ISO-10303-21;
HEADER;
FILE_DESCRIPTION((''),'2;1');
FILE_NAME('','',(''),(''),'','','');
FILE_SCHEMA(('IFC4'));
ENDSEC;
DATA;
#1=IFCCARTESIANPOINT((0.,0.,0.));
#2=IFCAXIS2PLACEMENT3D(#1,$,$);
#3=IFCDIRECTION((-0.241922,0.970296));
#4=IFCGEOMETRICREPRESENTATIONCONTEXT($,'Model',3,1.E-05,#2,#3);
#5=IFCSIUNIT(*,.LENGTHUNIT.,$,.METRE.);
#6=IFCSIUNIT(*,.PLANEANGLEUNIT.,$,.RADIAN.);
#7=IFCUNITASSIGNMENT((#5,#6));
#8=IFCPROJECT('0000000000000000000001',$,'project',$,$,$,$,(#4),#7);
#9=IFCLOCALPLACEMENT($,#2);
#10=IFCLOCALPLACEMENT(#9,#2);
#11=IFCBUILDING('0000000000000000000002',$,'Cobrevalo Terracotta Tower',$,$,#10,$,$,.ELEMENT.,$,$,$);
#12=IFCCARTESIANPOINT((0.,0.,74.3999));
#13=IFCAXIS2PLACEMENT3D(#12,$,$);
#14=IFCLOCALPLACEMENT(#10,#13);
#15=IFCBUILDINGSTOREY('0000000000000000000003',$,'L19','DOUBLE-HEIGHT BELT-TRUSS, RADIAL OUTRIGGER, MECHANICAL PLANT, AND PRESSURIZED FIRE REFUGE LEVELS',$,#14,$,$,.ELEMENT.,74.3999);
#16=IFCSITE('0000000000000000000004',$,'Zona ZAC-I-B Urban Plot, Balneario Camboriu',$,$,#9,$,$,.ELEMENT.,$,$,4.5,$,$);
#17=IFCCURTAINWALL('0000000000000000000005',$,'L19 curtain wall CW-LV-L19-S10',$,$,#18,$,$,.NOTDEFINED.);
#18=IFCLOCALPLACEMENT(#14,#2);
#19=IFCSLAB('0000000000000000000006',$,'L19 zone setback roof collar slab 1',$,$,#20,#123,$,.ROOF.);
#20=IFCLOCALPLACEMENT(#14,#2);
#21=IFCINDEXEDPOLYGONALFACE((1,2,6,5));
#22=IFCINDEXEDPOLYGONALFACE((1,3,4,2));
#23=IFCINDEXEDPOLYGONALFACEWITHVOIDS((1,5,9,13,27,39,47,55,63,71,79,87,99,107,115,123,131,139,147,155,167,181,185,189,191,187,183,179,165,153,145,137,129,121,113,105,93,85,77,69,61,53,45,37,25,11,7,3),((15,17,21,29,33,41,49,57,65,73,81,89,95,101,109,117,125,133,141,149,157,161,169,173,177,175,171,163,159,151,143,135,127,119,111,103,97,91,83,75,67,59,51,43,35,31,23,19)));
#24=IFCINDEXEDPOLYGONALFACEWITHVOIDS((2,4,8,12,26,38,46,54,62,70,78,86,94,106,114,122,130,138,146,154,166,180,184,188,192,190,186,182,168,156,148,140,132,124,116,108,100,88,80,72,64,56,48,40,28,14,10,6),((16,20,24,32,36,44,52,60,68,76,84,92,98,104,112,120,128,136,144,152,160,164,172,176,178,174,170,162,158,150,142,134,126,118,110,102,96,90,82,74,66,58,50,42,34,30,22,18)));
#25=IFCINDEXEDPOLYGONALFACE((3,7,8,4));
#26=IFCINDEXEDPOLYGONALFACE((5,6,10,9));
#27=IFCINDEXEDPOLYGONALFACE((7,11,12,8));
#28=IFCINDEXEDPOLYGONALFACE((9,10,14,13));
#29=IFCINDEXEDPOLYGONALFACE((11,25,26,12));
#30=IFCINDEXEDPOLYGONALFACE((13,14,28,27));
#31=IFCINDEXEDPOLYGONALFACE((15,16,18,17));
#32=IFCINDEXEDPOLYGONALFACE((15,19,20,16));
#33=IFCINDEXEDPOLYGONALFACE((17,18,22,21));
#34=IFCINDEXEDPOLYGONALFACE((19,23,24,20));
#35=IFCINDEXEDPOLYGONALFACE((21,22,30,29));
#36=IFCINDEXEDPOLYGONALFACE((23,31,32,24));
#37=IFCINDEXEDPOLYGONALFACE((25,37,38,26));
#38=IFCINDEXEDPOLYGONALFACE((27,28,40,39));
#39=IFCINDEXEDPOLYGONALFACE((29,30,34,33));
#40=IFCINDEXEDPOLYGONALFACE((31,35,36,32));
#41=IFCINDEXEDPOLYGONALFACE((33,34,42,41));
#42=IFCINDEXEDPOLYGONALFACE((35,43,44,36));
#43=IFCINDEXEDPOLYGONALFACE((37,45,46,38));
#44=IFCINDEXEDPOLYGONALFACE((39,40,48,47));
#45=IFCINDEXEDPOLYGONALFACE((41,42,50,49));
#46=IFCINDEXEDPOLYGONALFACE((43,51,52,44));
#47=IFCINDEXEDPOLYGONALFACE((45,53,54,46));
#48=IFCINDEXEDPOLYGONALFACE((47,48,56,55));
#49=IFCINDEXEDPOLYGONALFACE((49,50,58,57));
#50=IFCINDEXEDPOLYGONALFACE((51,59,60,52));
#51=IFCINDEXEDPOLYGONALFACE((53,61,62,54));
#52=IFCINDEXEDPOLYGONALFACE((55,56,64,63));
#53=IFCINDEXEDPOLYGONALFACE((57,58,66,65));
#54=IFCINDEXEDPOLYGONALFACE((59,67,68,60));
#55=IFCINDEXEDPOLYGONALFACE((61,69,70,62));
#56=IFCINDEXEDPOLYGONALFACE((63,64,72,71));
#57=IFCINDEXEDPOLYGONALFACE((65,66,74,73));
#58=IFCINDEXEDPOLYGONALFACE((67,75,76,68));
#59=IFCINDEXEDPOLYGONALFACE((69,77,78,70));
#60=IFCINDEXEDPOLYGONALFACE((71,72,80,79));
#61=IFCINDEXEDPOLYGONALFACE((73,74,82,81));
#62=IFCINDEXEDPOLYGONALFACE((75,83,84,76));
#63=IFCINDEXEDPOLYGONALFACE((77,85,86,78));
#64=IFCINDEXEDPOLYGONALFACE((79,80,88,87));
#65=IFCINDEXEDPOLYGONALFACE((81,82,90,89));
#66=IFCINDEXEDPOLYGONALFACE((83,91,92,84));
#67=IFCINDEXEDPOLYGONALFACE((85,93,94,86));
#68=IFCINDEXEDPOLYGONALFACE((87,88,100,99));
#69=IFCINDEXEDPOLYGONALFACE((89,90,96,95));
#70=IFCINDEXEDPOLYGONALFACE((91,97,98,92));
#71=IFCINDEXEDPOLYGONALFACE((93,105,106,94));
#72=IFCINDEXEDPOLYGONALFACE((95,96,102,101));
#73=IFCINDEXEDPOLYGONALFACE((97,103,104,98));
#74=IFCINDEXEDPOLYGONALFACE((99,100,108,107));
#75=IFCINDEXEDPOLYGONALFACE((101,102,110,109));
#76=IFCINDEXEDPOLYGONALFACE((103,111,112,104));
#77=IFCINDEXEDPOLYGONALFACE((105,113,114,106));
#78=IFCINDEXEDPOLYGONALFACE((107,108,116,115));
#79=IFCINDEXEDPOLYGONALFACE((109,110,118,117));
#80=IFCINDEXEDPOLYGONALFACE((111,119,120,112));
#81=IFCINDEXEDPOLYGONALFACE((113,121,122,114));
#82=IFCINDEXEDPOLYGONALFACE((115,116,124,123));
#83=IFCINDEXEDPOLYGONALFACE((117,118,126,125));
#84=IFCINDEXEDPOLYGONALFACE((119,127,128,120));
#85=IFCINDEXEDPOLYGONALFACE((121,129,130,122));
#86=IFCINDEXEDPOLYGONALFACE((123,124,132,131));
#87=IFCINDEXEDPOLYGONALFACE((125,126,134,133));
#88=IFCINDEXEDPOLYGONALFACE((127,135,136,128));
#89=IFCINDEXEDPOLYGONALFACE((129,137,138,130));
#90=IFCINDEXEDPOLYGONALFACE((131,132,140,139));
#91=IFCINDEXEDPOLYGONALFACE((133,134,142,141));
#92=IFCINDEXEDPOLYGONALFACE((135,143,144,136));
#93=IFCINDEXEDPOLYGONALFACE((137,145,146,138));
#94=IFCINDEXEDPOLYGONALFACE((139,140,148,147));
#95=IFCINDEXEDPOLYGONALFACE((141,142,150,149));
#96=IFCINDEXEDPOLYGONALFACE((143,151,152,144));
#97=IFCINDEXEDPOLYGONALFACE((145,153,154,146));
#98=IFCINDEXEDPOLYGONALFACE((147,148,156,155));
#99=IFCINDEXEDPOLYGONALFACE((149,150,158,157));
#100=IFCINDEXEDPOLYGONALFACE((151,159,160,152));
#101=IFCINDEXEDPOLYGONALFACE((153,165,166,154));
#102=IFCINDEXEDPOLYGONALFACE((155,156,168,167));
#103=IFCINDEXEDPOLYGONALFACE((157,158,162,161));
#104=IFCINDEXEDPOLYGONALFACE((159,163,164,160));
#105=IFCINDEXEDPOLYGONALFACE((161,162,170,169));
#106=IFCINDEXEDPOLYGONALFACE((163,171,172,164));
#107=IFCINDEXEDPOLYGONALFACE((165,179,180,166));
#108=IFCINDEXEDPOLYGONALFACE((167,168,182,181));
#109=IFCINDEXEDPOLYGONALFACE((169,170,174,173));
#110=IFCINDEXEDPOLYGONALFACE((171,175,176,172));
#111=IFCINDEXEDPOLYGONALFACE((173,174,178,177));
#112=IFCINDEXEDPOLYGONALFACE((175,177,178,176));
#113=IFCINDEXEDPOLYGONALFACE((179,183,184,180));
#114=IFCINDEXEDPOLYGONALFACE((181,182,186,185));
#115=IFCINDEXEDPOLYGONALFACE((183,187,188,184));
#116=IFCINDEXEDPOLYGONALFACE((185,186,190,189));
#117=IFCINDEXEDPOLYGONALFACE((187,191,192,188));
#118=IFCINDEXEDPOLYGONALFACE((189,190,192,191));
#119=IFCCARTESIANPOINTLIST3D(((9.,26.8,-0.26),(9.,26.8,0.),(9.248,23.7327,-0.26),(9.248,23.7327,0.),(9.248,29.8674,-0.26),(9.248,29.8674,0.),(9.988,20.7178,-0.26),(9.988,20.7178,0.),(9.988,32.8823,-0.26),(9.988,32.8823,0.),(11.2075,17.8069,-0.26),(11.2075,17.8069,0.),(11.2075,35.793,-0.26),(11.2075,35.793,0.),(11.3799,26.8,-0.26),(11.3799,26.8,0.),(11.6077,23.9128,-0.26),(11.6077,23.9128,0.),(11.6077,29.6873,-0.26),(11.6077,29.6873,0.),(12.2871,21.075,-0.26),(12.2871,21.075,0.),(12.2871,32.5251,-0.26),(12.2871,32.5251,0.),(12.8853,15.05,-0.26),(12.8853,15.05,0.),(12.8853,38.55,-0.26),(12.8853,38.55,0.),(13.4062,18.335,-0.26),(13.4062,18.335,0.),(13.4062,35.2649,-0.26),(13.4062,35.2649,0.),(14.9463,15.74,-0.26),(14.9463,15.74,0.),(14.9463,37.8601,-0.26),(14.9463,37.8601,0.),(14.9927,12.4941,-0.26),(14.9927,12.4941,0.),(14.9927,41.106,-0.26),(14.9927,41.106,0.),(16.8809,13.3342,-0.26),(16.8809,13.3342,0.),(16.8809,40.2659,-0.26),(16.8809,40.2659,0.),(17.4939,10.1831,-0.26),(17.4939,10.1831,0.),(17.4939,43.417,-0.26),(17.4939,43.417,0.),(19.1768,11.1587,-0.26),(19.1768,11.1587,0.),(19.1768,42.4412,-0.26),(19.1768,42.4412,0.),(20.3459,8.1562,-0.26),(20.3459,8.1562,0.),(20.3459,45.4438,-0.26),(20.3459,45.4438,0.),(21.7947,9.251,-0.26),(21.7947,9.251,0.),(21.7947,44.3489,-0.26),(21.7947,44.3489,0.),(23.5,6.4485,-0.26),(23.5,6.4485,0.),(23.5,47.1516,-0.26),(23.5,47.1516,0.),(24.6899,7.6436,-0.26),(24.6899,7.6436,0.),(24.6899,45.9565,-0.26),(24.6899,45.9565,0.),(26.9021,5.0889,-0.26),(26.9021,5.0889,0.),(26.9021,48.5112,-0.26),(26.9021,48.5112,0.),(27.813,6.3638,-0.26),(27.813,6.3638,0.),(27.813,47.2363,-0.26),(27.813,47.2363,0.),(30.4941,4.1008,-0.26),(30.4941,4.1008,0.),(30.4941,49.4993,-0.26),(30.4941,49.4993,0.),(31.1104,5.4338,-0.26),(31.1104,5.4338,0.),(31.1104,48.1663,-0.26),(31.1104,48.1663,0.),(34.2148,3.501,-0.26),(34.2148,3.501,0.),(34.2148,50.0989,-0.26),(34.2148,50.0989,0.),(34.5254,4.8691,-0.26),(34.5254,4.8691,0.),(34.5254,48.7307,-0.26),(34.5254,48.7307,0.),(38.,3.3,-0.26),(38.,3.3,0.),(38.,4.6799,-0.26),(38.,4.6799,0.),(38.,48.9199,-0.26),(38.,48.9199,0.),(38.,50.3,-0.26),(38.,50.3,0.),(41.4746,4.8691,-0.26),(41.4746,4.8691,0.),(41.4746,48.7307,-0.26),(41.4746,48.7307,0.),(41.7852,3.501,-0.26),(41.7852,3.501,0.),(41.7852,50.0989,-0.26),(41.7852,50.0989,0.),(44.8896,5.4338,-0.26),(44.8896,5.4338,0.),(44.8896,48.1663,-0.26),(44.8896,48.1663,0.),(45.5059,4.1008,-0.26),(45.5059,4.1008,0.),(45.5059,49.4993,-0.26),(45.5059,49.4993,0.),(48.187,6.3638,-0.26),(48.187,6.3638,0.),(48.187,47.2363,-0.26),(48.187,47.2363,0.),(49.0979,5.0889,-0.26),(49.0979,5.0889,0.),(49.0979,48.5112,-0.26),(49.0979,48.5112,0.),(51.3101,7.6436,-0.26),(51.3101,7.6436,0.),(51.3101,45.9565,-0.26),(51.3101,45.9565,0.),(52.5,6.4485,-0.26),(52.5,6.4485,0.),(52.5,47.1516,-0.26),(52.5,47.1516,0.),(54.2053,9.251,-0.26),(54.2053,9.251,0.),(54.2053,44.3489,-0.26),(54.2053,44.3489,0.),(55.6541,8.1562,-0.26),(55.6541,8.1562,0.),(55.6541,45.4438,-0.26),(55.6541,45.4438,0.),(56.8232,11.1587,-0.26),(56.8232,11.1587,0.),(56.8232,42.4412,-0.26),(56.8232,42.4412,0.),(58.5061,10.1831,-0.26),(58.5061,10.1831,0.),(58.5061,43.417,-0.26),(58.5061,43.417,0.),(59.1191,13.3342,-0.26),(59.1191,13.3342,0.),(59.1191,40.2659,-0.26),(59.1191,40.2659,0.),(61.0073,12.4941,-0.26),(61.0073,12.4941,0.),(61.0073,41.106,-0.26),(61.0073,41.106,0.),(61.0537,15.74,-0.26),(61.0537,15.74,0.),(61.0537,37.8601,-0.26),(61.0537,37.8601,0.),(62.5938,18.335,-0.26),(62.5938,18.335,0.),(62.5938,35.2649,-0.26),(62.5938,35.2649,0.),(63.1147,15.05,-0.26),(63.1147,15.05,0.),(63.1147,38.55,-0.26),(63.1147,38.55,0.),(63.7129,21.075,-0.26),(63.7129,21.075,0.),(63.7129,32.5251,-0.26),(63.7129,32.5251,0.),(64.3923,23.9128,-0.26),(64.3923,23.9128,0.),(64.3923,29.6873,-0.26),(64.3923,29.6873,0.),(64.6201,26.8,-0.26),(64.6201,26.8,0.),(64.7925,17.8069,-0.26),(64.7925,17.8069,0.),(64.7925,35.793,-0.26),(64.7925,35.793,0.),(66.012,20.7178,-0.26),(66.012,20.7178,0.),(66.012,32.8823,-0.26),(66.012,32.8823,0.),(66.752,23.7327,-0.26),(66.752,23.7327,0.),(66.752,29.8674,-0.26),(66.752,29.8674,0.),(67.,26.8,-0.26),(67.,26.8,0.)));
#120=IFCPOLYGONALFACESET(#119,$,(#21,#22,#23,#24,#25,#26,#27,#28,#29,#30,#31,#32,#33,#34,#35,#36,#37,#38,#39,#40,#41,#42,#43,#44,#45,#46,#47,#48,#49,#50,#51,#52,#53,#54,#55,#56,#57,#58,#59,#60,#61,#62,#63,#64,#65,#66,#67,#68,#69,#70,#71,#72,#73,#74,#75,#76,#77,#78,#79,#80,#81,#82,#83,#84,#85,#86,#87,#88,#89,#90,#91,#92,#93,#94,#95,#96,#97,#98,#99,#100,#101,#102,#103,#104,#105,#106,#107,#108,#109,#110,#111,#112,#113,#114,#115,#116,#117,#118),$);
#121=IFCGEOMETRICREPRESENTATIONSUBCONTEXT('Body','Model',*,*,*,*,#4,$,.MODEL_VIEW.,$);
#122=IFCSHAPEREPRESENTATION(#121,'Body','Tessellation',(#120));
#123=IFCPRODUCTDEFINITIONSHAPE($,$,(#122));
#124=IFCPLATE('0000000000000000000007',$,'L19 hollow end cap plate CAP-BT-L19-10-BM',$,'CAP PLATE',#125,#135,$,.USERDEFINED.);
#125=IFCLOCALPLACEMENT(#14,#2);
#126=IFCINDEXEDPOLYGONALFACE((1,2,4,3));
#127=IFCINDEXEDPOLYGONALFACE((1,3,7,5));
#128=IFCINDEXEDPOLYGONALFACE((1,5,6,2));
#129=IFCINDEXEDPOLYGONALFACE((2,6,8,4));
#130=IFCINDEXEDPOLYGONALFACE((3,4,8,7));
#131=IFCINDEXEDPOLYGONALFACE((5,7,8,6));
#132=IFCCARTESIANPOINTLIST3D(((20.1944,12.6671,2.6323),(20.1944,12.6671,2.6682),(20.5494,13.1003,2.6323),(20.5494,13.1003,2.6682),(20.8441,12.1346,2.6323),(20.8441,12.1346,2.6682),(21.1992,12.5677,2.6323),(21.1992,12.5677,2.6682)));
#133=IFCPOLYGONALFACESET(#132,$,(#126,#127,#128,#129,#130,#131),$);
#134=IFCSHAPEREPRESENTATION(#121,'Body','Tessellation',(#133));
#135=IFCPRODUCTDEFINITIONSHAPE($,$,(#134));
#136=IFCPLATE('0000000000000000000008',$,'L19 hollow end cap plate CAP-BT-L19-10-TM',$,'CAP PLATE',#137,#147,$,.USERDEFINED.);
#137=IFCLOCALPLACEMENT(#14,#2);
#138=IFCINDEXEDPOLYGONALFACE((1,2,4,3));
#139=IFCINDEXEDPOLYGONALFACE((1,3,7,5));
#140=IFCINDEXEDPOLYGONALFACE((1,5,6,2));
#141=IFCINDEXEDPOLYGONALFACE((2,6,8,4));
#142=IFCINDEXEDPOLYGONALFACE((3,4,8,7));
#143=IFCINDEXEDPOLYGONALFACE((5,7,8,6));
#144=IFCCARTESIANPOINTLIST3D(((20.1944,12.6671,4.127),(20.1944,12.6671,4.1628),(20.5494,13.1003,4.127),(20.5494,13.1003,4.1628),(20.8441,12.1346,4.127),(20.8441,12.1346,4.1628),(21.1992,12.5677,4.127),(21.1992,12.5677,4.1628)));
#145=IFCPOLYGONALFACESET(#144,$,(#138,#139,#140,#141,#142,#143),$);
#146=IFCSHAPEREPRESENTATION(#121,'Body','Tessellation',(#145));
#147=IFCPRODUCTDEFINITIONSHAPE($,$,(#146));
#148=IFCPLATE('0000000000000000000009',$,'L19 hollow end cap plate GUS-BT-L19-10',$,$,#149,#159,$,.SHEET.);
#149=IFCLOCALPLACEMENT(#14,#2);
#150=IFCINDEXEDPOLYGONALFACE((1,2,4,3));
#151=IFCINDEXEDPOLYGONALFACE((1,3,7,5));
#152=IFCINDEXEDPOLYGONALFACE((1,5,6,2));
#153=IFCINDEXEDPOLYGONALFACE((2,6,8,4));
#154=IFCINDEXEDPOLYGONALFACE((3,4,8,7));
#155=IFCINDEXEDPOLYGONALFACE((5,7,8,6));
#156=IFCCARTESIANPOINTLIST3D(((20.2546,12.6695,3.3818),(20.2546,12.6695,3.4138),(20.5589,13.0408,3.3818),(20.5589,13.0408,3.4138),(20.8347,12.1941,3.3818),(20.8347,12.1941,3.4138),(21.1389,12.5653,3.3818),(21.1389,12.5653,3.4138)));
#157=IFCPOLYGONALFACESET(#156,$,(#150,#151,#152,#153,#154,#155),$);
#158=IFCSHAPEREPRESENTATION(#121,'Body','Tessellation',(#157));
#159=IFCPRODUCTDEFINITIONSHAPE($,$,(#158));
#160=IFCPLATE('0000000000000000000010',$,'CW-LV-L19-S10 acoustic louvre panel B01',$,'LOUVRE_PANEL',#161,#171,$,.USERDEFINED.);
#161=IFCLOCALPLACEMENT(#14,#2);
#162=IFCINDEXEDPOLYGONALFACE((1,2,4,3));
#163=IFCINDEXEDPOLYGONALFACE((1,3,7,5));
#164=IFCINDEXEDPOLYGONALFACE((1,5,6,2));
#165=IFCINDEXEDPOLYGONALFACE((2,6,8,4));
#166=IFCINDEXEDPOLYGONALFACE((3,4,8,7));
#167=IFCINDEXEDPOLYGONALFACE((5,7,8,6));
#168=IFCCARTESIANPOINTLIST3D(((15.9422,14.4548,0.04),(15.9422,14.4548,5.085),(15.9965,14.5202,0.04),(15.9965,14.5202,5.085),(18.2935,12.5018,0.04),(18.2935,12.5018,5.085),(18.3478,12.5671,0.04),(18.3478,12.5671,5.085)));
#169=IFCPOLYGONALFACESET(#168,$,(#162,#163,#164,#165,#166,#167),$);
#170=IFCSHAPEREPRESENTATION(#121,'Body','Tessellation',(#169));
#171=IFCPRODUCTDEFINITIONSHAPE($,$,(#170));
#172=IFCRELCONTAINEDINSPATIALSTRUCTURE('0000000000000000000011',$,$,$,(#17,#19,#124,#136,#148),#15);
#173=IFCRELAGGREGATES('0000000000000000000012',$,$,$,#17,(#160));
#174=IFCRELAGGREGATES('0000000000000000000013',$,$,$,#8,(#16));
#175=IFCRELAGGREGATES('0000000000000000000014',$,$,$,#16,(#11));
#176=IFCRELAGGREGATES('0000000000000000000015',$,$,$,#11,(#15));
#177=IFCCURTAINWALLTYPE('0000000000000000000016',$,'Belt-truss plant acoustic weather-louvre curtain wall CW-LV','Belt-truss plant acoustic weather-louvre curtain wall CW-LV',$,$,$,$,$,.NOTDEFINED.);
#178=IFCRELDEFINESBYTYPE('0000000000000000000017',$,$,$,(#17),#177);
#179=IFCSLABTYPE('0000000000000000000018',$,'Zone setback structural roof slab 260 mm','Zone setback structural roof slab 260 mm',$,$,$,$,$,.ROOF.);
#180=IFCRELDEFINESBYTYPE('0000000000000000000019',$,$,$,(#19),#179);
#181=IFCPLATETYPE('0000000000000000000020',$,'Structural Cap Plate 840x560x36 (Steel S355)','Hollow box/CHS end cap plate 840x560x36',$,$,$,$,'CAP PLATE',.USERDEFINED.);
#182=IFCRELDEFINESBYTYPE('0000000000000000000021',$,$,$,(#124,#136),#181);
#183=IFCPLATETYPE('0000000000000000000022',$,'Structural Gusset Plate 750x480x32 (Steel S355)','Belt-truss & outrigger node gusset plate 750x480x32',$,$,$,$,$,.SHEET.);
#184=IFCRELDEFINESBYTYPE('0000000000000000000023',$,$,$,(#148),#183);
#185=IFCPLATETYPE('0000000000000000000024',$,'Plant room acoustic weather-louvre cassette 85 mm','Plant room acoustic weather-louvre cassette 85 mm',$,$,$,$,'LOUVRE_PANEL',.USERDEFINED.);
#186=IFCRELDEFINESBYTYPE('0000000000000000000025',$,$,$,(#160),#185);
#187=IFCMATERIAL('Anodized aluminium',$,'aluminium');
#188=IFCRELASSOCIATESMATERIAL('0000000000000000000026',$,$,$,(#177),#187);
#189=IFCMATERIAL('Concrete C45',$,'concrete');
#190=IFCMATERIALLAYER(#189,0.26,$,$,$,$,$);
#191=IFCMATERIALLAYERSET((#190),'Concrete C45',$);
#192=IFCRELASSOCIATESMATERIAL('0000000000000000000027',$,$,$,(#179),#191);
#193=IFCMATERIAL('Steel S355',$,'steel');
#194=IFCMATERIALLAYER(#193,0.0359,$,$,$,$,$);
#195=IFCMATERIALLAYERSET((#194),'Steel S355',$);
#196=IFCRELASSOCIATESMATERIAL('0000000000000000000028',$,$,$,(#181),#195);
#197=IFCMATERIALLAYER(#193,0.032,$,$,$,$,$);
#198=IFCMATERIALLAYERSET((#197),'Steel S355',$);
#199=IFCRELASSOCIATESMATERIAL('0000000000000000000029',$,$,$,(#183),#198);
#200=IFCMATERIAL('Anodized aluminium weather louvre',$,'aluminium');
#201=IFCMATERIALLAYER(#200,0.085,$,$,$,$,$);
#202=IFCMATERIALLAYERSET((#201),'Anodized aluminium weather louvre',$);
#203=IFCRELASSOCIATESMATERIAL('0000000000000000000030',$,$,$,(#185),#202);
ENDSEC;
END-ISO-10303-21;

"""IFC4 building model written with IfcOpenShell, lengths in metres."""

from ifc_helpers import new_model, si_unit, direction, frame, origin, origin_2d, place, context, subcontext, project, spatial, polyline, rectangle, outline, extrude, source, transform, mapped, material, layer, layer_set, type_object, element, aggregate, save


model = new_model("IFC4")

# Units and contexts
model_context = context("Model", 3, precision=1e-05, world=origin(), true_north=direction((-0.241922, 0.970296)))
body_context = subcontext(model_context, "Body", "Model", "MODEL_VIEW")
ifc_project = project(units=[si_unit("LENGTHUNIT", "METRE"), si_unit("PLANEANGLEUNIT", "RADIAN")], contexts=[model_context])

# Site, building, storey
site_placement = place(None, origin())
site = spatial("IfcSite", under=ifc_project, at=site_placement, Name="Zona ZAC-I-B Urban Plot, Balneario Camboriu", CompositionType="ELEMENT", RefElevation=4.5)
building_placement = place(site_placement, origin())
building = spatial("IfcBuilding", under=site, at=building_placement, Name="Cobrevalo Terracotta Tower", CompositionType="ELEMENT")
storey_placement = place(building_placement, frame((0.0, 0.0, 74.3999)))
storey = spatial("IfcBuildingStorey", under=building, at=storey_placement, Name="L19", Description="DOUBLE-HEIGHT BELT-TRUSS, RADIAL OUTRIGGER, MECHANICAL PLANT, AND PRESSURIZED FIRE REFUGE LEVELS", CompositionType="ELEMENT", Elevation=74.3999)

# Shared definitions
ifc_material_1 = material(Name="Steel S355", Category="steel")

# Shared definitions
ifc_material_2 = material(Name="Anodized aluminium", Category="aluminium")
curtain_wall_type = type_object("IfcCurtainWallType", Name="Belt-truss plant acoustic weather-louvre curtain wall CW-LV", Description="Belt-truss plant acoustic weather-louvre curtain wall CW-LV", PredefinedType="NOTDEFINED", material=ifc_material_2)

# Curtain wall
curtain_wall_1_placement = place(storey_placement, origin())
curtain_wall_1 = element("IfcCurtainWall", 1, at=curtain_wall_1_placement, inside=storey, type_object=curtain_wall_type, Name="L19 curtain wall CW-LV-L19-S10", PredefinedType="NOTDEFINED")

# Slab
ifc_material_3 = material(Name="Concrete C45", Category="concrete")
ifc_layer_1 = layer(ifc_material_3, 0.26)
ifc_layer_set_1 = layer_set([ifc_layer_1], Name="Concrete C45")
slab_type_1 = type_object("IfcSlabType", Name="Zone setback structural roof slab 260 mm", Description="Zone setback structural roof slab 260 mm", PredefinedType="ROOF", material=ifc_layer_set_1)
slab_1_placement = place(storey_placement, frame((0.0, 0.0, -0.26)))
element("IfcSlab", 2, at=slab_1_placement, inside=storey, type_object=slab_type_1, Name="L19 zone setback roof collar slab 1", PredefinedType="ROOF", context=body_context, shape_type="SweptSolid", body=[
    extrude(outline(polyline([(66.752, 23.7327), (66.012, 20.7178), (64.7925, 17.8069), (63.1147, 15.05), (61.0073, 12.4941), (58.5061, 10.1831), (55.6541, 8.1562), (52.5, 6.4485), (49.0979, 5.0889), (45.5059, 4.1008), (41.7852, 3.501), (38.0, 3.3), (34.2148, 3.501), (30.4941, 4.1008), (26.9021, 5.0889), (23.5, 6.4485), (20.3459, 8.1562), (17.4939, 10.1831), (14.9927, 12.4941), (12.8853, 15.05), (11.2075, 17.8069), (9.988, 20.7178), (9.248, 23.7327), (9.0, 26.8), (9.248, 29.8674), (9.988, 32.8823), (11.2075, 35.793), (12.8853, 38.55), (14.9927, 41.106), (17.4939, 43.417), (20.3459, 45.4438), (23.5, 47.1516), (26.9021, 48.5112), (30.4941, 49.4993), (34.2148, 50.0989), (38.0, 50.3), (41.7852, 50.0989), (45.5059, 49.4993), (49.0979, 48.5112), (52.5, 47.1516), (55.6541, 45.4438), (58.5061, 43.417), (61.0073, 41.106), (63.1147, 38.55), (64.7925, 35.793), (66.012, 32.8823), (66.752, 29.8674), (67.0, 26.8), (66.752, 23.7327)]), holes=[polyline([(64.3923, 29.6873), (63.7129, 32.5251), (62.5938, 35.2649), (61.0537, 37.8601), (59.1191, 40.2659), (56.8232, 42.4412), (54.2053, 44.3489), (51.3101, 45.9565), (48.187, 47.2363), (44.8896, 48.1663), (41.4746, 48.7307), (38.0, 48.9199), (34.5254, 48.7307), (31.1104, 48.1663), (27.813, 47.2363), (24.6899, 45.9565), (21.7947, 44.3489), (19.1768, 42.4412), (16.8809, 40.2659), (14.9463, 37.8601), (13.4062, 35.2649), (12.2871, 32.5251), (11.6077, 29.6873), (11.3799, 26.8), (11.6077, 23.9128), (12.2871, 21.075), (13.4062, 18.335), (14.9463, 15.74), (16.8809, 13.3342), (19.1768, 11.1587), (21.7947, 9.251), (24.6899, 7.6436), (27.813, 6.3638), (31.1104, 5.4338), (34.5254, 4.8691), (38.0, 4.6799), (41.4746, 4.8691), (44.8896, 5.4338), (48.187, 6.3638), (51.3101, 7.6436), (54.2053, 9.251), (56.8232, 11.1587), (59.1191, 13.3342), (61.0537, 15.74), (62.5938, 18.335), (63.7129, 21.075), (64.3923, 23.9128), (64.6201, 26.8), (64.3923, 29.6873)])]), origin(), (0.0, 0.0, 1.0), 0.26),
])

# Plates
ifc_layer_2 = layer(ifc_material_1, 0.0359)
ifc_layer_set_2 = layer_set([ifc_layer_2], Name="Steel S355")
plate_type_1 = type_object("IfcPlateType", Name="Structural Cap Plate 840x560x36 (Steel S355)", Description="Hollow box/CHS end cap plate 840x560x36", ElementType="CAP PLATE", PredefinedType="USERDEFINED", material=ifc_layer_set_2)
shared_shape_1 = source(origin(), body_context, "Body", "SweptSolid", [
    extrude(rectangle(XDim=0.8401, YDim=0.5601, at=origin_2d()), origin(), (0.0, 0.0, 1.0), 0.0359),
])
for number, where, z_axis, x_axis, name in (
    (3, (20.6968, 12.6174, 2.6323), (0.0, 0.0, 1.0), (0.773404, -0.633913, 0.0), "L19 hollow end cap plate CAP-BT-L19-10-BM"),
    (4, (20.6968, 12.6174, 4.127), (0.0, 0.0, 1.0), (0.773404, -0.633913, 0.0), "L19 hollow end cap plate CAP-BT-L19-10-TM"),
):
    element("IfcPlate", number, at=place(storey_placement, frame(where, z_axis=z_axis, x_axis=x_axis)), inside=storey, type_object=plate_type_1, Name=name, ObjectType="CAP PLATE", PredefinedType="USERDEFINED", context=body_context, shape_type="MappedRepresentation", body=[
        mapped(shared_shape_1, transform((0.0, 0.0, 0.0), scale=1.0)),
    ])
ifc_layer_3 = layer(ifc_material_1, 0.032)
ifc_layer_set_3 = layer_set([ifc_layer_3], Name="Steel S355")
plate_type_2 = type_object("IfcPlateType", Name="Structural Gusset Plate 750x480x32 (Steel S355)", Description="Belt-truss & outrigger node gusset plate 750x480x32", PredefinedType="SHEET", material=ifc_layer_set_3)
shared_shape_2 = source(origin(), body_context, "Body", "SweptSolid", [
    extrude(rectangle(XDim=0.75, YDim=0.48, at=origin_2d()), origin(), (0.0, 0.0, 1.0), 0.032),
])
plate_1_placement = place(storey_placement, frame((20.6968, 12.6174, 3.3818), z_axis=(0.0, 0.0, 1.0), x_axis=(0.773404, -0.633913, 0.0)))
element("IfcPlate", 5, at=plate_1_placement, inside=storey, type_object=plate_type_2, Name="L19 hollow end cap plate GUS-BT-L19-10", PredefinedType="SHEET", context=body_context, shape_type="MappedRepresentation", body=[
    mapped(shared_shape_2, transform((0.0, 0.0, 0.0), scale=1.0)),
])

# Plate
ifc_material_4 = material(Name="Anodized aluminium weather louvre", Category="aluminium")
ifc_layer_4 = layer(ifc_material_4, 0.085)
ifc_layer_set_4 = layer_set([ifc_layer_4], Name="Anodized aluminium weather louvre")
plate_type_3 = type_object("IfcPlateType", Name="Plant room acoustic weather-louvre cassette 85 mm", Description="Plant room acoustic weather-louvre cassette 85 mm", ElementType="LOUVRE_PANEL", PredefinedType="USERDEFINED", material=ifc_layer_set_4)
shared_shape_3 = source(origin(), body_context, "Body", "SweptSolid", [
    extrude(rectangle(XDim=3.0566, YDim=0.085, at=origin_2d()), origin(), (0.0, 0.0, 1.0), 5.0449),
])
plate_2_placement = place(storey_placement, frame((17.145, 13.511, 0.04), z_axis=(0.0, 0.0, 1.0), x_axis=(0.769241, -0.638958, 0.0)))
plate_2 = element("IfcPlate", 6, at=plate_2_placement, type_object=plate_type_3, Name="CW-LV-L19-S10 acoustic louvre panel B01", ObjectType="LOUVRE_PANEL", PredefinedType="USERDEFINED", context=body_context, shape_type="MappedRepresentation", body=[
    mapped(shared_shape_3, transform((0.0, 0.0, 0.0), scale=1.0)),
])
aggregate(curtain_wall_1, [plate_2])

save(model, "model.ifc")
